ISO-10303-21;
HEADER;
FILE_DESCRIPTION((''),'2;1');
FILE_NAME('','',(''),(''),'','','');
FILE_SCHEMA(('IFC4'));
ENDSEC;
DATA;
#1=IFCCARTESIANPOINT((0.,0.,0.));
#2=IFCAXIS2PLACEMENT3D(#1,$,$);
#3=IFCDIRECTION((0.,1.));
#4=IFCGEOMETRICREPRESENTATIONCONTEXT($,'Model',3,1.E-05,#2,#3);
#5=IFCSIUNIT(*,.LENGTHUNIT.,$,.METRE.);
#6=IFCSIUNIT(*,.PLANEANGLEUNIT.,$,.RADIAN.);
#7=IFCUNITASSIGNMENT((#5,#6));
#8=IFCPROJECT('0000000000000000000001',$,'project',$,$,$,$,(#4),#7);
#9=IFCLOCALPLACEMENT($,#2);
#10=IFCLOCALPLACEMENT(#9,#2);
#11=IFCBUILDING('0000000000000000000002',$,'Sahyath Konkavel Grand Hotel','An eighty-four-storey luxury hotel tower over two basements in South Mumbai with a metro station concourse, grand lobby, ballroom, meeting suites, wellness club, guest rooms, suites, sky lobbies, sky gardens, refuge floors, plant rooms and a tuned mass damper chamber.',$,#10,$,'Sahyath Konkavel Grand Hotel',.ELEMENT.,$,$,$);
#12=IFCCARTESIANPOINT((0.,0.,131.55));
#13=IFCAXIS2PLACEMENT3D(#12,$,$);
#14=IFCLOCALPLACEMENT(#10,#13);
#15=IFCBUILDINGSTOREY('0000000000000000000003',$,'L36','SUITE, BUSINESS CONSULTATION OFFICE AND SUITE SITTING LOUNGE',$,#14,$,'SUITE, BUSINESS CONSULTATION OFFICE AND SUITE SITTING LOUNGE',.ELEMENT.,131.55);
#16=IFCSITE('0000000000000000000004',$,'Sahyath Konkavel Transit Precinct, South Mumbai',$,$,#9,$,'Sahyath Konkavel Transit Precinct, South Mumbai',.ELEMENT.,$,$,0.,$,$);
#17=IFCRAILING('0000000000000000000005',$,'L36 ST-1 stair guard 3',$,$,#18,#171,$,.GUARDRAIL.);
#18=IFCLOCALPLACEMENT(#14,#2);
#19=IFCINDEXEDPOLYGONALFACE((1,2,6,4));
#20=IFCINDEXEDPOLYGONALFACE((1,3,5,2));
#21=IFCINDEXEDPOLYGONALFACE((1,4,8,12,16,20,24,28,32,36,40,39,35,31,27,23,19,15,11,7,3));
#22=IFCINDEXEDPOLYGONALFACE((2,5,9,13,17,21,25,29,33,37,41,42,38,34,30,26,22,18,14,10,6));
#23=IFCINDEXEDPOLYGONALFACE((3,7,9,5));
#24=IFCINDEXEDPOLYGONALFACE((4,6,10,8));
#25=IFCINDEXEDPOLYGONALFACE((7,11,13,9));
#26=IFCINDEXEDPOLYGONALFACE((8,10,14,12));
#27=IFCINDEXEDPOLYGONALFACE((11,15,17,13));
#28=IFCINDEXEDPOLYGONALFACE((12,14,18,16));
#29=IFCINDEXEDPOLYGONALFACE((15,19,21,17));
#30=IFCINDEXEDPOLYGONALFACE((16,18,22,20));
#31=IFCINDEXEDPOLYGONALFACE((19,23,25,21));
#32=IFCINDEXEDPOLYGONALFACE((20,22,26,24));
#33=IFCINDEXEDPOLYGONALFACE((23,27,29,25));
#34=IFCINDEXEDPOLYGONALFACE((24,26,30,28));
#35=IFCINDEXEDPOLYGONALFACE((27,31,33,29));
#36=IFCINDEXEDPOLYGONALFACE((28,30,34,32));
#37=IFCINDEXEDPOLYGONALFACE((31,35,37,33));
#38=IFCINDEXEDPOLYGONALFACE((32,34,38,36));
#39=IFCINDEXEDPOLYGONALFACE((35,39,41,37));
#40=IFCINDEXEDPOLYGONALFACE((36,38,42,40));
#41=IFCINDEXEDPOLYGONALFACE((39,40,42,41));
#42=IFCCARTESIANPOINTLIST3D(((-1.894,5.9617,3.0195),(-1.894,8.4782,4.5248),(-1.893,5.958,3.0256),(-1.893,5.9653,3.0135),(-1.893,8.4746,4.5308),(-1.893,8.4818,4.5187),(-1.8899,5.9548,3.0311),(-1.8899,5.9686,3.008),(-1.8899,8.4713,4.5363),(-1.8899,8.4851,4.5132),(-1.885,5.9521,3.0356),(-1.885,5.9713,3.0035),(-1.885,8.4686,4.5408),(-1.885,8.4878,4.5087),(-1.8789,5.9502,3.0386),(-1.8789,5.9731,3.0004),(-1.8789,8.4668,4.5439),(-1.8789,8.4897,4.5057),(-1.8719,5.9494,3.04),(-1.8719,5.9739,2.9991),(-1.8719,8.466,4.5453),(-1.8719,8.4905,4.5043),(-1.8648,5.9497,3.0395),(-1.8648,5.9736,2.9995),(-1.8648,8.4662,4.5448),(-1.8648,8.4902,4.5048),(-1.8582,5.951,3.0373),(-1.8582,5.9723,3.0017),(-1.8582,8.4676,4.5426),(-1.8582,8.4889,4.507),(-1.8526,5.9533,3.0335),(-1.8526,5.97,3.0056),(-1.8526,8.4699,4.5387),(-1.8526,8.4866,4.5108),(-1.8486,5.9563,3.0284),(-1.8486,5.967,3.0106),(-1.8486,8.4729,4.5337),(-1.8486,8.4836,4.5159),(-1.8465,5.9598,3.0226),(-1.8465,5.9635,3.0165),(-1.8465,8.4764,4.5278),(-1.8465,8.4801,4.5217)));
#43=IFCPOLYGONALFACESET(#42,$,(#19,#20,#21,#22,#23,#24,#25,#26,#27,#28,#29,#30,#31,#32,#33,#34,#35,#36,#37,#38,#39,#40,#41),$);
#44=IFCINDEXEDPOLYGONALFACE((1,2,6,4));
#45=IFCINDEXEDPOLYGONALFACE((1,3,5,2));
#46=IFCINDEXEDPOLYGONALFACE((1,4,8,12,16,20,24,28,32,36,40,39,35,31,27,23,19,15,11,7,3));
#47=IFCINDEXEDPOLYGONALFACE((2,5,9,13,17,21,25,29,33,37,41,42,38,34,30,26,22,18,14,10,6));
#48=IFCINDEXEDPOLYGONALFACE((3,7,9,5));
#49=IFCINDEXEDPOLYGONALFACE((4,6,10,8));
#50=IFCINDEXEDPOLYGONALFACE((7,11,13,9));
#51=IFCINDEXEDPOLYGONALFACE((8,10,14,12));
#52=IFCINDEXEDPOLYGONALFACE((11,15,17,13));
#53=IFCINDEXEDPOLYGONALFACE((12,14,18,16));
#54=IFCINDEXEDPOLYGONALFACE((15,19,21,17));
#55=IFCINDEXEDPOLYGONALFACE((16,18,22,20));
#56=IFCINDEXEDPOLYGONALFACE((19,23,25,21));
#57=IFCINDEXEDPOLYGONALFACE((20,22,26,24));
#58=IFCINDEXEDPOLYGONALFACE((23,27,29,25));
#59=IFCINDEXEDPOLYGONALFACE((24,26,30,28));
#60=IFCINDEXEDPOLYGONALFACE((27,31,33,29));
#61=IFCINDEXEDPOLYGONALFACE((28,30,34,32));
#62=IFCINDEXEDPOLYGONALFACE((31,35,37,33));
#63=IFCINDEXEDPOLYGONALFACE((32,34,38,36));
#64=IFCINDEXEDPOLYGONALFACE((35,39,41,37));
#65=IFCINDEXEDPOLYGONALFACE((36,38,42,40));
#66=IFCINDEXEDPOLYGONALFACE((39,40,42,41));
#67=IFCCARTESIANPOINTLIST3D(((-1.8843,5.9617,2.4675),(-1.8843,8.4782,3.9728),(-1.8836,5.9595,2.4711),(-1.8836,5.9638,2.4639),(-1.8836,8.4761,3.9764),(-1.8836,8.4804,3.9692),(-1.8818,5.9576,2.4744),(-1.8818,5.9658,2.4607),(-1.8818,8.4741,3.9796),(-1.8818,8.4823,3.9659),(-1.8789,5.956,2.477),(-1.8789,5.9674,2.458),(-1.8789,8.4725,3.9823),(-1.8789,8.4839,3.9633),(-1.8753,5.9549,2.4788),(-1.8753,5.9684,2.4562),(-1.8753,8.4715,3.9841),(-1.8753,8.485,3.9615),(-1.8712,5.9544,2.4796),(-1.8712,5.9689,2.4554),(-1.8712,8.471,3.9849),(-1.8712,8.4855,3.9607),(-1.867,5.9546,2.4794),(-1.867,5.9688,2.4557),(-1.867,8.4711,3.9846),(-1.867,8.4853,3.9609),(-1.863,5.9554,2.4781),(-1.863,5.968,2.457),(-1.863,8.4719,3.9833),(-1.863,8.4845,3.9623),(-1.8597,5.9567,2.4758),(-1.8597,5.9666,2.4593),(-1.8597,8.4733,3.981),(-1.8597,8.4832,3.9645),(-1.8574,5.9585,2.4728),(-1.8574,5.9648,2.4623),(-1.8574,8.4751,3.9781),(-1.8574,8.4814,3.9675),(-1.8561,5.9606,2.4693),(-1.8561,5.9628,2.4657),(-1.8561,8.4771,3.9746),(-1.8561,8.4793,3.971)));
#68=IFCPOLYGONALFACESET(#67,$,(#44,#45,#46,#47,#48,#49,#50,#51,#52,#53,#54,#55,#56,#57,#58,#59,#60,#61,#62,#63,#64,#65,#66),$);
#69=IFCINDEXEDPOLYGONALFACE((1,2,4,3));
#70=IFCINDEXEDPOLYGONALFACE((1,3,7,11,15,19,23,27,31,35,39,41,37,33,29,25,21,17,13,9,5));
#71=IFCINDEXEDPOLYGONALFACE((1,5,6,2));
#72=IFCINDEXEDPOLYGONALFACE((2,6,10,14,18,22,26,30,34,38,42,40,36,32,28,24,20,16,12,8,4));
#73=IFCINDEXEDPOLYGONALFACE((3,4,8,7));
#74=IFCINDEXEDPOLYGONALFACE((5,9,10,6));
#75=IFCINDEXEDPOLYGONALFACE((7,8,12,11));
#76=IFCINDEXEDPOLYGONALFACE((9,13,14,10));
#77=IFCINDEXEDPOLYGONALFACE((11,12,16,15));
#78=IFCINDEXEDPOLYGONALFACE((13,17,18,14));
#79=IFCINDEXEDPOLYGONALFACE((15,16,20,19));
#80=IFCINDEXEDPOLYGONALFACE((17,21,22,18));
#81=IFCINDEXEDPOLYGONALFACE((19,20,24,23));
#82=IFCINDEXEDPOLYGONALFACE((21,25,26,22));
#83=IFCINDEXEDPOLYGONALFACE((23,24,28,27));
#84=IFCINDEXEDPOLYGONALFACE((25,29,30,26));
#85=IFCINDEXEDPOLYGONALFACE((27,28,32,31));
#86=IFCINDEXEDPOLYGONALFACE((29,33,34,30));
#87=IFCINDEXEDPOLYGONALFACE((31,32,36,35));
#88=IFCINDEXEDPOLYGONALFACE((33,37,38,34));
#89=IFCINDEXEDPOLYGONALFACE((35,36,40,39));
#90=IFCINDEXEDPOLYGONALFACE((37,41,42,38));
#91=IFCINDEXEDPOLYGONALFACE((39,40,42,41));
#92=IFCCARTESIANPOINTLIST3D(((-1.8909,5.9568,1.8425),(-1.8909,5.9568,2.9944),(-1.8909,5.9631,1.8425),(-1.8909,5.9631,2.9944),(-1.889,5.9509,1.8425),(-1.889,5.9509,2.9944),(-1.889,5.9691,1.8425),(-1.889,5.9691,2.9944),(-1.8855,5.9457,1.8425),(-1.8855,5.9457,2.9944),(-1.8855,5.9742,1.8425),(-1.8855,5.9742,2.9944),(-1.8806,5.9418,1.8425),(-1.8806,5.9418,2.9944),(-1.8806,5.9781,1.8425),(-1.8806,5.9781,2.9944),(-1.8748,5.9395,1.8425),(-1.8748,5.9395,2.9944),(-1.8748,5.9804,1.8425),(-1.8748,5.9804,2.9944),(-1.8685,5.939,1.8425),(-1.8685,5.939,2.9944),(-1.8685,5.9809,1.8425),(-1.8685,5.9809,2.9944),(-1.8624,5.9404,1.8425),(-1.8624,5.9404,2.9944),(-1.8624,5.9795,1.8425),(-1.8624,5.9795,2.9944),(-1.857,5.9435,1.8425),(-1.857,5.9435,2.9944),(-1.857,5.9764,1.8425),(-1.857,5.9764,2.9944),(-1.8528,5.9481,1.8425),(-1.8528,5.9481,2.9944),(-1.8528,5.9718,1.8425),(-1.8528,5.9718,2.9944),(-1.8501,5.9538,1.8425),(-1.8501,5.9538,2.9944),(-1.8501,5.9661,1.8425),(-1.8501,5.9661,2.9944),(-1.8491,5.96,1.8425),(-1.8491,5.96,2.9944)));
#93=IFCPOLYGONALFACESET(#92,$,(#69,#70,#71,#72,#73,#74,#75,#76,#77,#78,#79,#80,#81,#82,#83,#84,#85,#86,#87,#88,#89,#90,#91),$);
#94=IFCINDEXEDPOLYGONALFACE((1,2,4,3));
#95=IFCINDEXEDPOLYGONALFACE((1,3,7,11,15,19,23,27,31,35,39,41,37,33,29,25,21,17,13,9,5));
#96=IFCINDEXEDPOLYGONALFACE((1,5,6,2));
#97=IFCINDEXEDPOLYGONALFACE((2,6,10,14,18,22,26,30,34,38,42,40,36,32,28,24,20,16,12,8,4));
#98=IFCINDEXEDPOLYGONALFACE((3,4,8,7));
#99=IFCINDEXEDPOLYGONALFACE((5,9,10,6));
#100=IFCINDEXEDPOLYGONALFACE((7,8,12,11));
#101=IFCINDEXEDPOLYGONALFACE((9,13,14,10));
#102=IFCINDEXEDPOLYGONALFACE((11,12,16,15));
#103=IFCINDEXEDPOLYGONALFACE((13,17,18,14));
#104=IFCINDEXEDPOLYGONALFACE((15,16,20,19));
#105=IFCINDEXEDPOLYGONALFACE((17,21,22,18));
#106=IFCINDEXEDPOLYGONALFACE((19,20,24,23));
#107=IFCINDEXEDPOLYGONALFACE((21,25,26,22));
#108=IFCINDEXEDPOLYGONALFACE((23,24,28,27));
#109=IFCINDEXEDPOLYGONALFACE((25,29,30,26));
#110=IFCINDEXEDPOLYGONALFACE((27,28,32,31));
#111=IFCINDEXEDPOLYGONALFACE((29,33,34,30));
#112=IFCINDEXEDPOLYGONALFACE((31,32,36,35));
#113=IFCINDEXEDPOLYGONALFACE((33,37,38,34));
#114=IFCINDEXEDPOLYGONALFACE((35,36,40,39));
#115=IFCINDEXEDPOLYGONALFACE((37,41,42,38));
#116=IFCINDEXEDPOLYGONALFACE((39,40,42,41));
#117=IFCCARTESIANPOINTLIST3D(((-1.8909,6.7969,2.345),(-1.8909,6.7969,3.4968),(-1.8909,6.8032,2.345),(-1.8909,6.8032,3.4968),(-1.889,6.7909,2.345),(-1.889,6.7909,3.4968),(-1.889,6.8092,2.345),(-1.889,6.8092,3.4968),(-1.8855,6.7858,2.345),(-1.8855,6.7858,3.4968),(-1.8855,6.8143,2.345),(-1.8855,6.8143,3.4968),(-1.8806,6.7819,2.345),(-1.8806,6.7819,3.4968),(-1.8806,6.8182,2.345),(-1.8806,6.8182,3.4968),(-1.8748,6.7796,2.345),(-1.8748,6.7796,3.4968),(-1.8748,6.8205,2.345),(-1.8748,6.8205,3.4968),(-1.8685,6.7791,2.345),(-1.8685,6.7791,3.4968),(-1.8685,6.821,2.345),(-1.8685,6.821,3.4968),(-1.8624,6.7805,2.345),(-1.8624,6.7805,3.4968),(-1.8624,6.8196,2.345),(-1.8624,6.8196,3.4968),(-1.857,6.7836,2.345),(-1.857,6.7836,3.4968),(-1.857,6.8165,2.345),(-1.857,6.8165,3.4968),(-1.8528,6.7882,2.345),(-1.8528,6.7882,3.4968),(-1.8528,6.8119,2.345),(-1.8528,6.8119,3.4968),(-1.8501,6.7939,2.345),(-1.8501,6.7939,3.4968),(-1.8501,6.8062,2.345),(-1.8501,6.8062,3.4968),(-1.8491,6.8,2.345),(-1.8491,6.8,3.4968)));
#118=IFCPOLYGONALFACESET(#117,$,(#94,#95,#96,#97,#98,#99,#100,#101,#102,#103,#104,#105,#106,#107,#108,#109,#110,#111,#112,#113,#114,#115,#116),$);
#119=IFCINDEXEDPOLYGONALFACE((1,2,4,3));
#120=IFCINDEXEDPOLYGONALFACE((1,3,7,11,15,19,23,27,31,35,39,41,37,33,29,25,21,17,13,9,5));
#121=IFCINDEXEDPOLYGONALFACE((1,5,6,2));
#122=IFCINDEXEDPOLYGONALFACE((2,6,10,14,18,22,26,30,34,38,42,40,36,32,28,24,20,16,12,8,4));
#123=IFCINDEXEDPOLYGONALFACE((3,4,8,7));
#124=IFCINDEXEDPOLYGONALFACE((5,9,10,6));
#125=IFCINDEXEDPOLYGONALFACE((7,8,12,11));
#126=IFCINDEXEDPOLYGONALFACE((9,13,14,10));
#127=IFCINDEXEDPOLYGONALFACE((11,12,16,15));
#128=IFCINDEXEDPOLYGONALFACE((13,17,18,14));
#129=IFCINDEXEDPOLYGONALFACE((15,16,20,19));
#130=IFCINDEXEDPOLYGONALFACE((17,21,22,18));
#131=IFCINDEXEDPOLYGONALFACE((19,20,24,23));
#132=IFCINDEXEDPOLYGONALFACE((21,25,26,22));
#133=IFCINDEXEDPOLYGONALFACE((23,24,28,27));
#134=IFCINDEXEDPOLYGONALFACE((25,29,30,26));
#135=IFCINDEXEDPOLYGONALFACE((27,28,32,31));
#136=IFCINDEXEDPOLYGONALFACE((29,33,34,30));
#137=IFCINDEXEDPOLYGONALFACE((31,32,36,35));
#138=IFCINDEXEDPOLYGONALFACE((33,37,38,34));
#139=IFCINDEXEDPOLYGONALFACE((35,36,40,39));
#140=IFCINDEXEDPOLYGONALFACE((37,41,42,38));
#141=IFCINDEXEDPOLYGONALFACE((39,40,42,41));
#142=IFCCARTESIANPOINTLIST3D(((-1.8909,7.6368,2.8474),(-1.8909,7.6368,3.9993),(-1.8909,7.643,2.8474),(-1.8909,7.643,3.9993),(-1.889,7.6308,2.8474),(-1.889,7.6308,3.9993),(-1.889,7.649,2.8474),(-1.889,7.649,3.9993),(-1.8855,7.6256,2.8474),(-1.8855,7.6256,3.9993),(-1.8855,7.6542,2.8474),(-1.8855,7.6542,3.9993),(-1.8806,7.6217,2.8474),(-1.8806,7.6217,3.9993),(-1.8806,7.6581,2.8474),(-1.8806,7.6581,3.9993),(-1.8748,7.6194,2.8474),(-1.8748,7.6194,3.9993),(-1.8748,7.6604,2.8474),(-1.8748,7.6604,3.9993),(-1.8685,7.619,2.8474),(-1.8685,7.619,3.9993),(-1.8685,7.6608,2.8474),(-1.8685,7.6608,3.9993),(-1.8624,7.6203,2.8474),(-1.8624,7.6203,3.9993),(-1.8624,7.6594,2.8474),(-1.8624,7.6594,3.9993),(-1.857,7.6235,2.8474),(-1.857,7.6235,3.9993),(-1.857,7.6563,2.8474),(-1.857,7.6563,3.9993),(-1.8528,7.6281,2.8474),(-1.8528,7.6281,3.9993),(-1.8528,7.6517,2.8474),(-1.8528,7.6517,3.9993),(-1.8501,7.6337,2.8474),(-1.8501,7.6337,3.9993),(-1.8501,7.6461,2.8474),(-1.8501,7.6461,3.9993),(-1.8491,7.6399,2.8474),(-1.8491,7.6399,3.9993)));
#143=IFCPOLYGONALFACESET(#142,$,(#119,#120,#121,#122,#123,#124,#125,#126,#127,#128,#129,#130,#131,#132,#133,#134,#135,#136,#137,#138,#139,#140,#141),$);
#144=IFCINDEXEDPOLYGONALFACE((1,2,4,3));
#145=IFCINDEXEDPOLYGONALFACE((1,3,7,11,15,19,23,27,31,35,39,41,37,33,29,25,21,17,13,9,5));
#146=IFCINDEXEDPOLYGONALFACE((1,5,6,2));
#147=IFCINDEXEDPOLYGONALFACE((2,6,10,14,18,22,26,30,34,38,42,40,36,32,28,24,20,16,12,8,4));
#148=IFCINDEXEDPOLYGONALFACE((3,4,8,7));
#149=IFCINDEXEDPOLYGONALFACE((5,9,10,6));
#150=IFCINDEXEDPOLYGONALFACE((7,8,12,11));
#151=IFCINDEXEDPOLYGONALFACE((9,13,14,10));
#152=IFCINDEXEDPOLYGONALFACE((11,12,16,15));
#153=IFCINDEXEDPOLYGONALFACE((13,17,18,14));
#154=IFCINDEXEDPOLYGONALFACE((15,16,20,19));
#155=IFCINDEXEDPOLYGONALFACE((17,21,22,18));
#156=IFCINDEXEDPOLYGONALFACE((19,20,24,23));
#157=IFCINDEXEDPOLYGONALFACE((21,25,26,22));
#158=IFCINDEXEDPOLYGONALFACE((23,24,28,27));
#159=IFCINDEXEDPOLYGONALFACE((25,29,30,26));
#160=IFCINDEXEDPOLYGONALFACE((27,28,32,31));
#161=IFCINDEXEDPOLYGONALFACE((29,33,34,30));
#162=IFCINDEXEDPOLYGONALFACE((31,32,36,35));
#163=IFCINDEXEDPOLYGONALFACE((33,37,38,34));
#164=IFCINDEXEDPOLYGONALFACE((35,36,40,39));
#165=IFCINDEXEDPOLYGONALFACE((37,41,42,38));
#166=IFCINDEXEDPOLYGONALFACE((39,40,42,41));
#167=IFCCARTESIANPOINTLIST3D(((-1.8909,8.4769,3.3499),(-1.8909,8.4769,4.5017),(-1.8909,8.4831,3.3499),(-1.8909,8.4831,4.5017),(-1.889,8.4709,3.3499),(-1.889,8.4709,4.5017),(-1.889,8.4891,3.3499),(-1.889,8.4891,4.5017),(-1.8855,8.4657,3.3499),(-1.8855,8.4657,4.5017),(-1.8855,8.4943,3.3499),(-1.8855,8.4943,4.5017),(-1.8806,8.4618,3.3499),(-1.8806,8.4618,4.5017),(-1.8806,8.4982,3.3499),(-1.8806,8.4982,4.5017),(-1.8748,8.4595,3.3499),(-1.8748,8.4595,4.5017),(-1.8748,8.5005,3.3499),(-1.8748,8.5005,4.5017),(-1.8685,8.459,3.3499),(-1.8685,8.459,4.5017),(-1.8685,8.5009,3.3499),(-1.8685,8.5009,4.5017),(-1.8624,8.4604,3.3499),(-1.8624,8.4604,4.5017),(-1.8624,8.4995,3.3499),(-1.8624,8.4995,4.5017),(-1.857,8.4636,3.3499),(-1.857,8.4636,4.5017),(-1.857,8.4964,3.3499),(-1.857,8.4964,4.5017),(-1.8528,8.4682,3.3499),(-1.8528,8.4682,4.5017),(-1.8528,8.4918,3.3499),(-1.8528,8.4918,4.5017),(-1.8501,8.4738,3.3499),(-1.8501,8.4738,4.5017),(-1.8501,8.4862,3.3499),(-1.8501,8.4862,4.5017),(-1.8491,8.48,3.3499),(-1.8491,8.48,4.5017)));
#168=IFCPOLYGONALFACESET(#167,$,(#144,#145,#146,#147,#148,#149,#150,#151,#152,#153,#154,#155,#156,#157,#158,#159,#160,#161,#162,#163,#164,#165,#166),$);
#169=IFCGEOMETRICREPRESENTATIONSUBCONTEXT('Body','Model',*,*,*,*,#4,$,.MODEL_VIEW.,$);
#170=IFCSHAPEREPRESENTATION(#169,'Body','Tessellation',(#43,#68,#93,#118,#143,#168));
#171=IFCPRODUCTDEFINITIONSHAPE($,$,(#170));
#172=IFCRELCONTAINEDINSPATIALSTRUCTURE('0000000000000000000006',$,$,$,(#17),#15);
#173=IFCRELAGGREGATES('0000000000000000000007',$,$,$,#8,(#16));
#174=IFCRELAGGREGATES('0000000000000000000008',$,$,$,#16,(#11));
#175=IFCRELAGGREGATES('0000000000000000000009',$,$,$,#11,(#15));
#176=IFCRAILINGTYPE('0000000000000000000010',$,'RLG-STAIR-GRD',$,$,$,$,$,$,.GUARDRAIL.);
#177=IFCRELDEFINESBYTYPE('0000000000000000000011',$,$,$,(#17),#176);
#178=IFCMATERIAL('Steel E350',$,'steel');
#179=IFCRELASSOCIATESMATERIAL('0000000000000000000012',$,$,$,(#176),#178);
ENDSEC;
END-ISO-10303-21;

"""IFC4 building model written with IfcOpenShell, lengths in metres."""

from ifc_helpers import new_model, si_unit, direction, frame, origin, origin_2d, place, context, subcontext, project, spatial, circle, extrude, material, type_object, element, save


model = new_model("IFC4")

# Units and contexts
model_context = context("Model", 3, precision=1e-05, world=origin(), true_north=direction((0.0, 1.0)))
body_context = subcontext(model_context, "Body", "Model", "MODEL_VIEW")
ifc_project = project(units=[si_unit("LENGTHUNIT", "METRE"), si_unit("PLANEANGLEUNIT", "RADIAN")], contexts=[model_context])

# Site, building, storey
site_placement = place(None, origin())
site = spatial("IfcSite", under=ifc_project, at=site_placement, Name="Sahyath Konkavel Transit Precinct, South Mumbai", LongName="Sahyath Konkavel Transit Precinct, South Mumbai", CompositionType="ELEMENT", RefElevation=0.0)
building_placement = place(site_placement, origin())
building = spatial("IfcBuilding", under=site, at=building_placement, Name="Sahyath Konkavel Grand Hotel", Description="An eighty-four-storey luxury hotel tower over two basements in South Mumbai with a metro station concourse, grand lobby, ballroom, meeting suites, wellness club, guest rooms, suites, sky lobbies, sky gardens, refuge floors, plant rooms and a tuned mass damper chamber.", LongName="Sahyath Konkavel Grand Hotel", CompositionType="ELEMENT")
storey_placement = place(building_placement, frame((0.0, 0.0, 131.55)))
storey = spatial("IfcBuildingStorey", under=building, at=storey_placement, Name="L36", Description="SUITE, BUSINESS CONSULTATION OFFICE AND SUITE SITTING LOUNGE", LongName="SUITE, BUSINESS CONSULTATION OFFICE AND SUITE SITTING LOUNGE", CompositionType="ELEMENT", Elevation=131.55)

# Shared definitions
ifc_material_1 = material(Name="Steel E350", Category="steel")

# Railing
railing_type_1 = type_object("IfcRailingType", Name="RLG-STAIR-GRD", PredefinedType="GUARDRAIL", material=ifc_material_1)
railing_1_placement = place(storey_placement, frame((-1.8701, 5.96, 1.8425)))
element("IfcRailing", 1, at=railing_1_placement, inside=storey, type_object=railing_type_1, Name="L36 ST-1 stair guard 3", PredefinedType="GUARDRAIL", context=body_context, shape_type="SweptSolid", body=[
    extrude(circle(Radius=0.0239, at=origin_2d()), frame((0.0, 0.0017, 1.177), z_axis=(0.0, 0.858196, 0.513321), x_axis=(-1.0, 0.0, 0.0)), (0.0, 0.0, 1.0), 2.9324),
    extrude(circle(Radius=0.0142, at=origin_2d()), frame((0.0, 0.0017, 0.625), z_axis=(0.0, 0.858196, 0.513321), x_axis=(-1.0, 0.0, 0.0)), (0.0, 0.0, 1.0), 2.9324),
    extrude(circle(Radius=0.021, at=origin_2d()), origin(), (0.0, 0.0, 1.0), 1.1519),
    extrude(circle(Radius=0.021, at=origin_2d()), frame((0.0, 0.8401, 0.5024)), (0.0, 0.0, 1.0), 1.1519),
    extrude(circle(Radius=0.021, at=origin_2d()), frame((0.0, 1.6799, 1.0049)), (0.0, 0.0, 1.0), 1.1519),
    extrude(circle(Radius=0.021, at=origin_2d()), frame((0.0, 2.52, 1.5073)), (0.0, 0.0, 1.0), 1.1519),
])

save(model, "model.ifc")
